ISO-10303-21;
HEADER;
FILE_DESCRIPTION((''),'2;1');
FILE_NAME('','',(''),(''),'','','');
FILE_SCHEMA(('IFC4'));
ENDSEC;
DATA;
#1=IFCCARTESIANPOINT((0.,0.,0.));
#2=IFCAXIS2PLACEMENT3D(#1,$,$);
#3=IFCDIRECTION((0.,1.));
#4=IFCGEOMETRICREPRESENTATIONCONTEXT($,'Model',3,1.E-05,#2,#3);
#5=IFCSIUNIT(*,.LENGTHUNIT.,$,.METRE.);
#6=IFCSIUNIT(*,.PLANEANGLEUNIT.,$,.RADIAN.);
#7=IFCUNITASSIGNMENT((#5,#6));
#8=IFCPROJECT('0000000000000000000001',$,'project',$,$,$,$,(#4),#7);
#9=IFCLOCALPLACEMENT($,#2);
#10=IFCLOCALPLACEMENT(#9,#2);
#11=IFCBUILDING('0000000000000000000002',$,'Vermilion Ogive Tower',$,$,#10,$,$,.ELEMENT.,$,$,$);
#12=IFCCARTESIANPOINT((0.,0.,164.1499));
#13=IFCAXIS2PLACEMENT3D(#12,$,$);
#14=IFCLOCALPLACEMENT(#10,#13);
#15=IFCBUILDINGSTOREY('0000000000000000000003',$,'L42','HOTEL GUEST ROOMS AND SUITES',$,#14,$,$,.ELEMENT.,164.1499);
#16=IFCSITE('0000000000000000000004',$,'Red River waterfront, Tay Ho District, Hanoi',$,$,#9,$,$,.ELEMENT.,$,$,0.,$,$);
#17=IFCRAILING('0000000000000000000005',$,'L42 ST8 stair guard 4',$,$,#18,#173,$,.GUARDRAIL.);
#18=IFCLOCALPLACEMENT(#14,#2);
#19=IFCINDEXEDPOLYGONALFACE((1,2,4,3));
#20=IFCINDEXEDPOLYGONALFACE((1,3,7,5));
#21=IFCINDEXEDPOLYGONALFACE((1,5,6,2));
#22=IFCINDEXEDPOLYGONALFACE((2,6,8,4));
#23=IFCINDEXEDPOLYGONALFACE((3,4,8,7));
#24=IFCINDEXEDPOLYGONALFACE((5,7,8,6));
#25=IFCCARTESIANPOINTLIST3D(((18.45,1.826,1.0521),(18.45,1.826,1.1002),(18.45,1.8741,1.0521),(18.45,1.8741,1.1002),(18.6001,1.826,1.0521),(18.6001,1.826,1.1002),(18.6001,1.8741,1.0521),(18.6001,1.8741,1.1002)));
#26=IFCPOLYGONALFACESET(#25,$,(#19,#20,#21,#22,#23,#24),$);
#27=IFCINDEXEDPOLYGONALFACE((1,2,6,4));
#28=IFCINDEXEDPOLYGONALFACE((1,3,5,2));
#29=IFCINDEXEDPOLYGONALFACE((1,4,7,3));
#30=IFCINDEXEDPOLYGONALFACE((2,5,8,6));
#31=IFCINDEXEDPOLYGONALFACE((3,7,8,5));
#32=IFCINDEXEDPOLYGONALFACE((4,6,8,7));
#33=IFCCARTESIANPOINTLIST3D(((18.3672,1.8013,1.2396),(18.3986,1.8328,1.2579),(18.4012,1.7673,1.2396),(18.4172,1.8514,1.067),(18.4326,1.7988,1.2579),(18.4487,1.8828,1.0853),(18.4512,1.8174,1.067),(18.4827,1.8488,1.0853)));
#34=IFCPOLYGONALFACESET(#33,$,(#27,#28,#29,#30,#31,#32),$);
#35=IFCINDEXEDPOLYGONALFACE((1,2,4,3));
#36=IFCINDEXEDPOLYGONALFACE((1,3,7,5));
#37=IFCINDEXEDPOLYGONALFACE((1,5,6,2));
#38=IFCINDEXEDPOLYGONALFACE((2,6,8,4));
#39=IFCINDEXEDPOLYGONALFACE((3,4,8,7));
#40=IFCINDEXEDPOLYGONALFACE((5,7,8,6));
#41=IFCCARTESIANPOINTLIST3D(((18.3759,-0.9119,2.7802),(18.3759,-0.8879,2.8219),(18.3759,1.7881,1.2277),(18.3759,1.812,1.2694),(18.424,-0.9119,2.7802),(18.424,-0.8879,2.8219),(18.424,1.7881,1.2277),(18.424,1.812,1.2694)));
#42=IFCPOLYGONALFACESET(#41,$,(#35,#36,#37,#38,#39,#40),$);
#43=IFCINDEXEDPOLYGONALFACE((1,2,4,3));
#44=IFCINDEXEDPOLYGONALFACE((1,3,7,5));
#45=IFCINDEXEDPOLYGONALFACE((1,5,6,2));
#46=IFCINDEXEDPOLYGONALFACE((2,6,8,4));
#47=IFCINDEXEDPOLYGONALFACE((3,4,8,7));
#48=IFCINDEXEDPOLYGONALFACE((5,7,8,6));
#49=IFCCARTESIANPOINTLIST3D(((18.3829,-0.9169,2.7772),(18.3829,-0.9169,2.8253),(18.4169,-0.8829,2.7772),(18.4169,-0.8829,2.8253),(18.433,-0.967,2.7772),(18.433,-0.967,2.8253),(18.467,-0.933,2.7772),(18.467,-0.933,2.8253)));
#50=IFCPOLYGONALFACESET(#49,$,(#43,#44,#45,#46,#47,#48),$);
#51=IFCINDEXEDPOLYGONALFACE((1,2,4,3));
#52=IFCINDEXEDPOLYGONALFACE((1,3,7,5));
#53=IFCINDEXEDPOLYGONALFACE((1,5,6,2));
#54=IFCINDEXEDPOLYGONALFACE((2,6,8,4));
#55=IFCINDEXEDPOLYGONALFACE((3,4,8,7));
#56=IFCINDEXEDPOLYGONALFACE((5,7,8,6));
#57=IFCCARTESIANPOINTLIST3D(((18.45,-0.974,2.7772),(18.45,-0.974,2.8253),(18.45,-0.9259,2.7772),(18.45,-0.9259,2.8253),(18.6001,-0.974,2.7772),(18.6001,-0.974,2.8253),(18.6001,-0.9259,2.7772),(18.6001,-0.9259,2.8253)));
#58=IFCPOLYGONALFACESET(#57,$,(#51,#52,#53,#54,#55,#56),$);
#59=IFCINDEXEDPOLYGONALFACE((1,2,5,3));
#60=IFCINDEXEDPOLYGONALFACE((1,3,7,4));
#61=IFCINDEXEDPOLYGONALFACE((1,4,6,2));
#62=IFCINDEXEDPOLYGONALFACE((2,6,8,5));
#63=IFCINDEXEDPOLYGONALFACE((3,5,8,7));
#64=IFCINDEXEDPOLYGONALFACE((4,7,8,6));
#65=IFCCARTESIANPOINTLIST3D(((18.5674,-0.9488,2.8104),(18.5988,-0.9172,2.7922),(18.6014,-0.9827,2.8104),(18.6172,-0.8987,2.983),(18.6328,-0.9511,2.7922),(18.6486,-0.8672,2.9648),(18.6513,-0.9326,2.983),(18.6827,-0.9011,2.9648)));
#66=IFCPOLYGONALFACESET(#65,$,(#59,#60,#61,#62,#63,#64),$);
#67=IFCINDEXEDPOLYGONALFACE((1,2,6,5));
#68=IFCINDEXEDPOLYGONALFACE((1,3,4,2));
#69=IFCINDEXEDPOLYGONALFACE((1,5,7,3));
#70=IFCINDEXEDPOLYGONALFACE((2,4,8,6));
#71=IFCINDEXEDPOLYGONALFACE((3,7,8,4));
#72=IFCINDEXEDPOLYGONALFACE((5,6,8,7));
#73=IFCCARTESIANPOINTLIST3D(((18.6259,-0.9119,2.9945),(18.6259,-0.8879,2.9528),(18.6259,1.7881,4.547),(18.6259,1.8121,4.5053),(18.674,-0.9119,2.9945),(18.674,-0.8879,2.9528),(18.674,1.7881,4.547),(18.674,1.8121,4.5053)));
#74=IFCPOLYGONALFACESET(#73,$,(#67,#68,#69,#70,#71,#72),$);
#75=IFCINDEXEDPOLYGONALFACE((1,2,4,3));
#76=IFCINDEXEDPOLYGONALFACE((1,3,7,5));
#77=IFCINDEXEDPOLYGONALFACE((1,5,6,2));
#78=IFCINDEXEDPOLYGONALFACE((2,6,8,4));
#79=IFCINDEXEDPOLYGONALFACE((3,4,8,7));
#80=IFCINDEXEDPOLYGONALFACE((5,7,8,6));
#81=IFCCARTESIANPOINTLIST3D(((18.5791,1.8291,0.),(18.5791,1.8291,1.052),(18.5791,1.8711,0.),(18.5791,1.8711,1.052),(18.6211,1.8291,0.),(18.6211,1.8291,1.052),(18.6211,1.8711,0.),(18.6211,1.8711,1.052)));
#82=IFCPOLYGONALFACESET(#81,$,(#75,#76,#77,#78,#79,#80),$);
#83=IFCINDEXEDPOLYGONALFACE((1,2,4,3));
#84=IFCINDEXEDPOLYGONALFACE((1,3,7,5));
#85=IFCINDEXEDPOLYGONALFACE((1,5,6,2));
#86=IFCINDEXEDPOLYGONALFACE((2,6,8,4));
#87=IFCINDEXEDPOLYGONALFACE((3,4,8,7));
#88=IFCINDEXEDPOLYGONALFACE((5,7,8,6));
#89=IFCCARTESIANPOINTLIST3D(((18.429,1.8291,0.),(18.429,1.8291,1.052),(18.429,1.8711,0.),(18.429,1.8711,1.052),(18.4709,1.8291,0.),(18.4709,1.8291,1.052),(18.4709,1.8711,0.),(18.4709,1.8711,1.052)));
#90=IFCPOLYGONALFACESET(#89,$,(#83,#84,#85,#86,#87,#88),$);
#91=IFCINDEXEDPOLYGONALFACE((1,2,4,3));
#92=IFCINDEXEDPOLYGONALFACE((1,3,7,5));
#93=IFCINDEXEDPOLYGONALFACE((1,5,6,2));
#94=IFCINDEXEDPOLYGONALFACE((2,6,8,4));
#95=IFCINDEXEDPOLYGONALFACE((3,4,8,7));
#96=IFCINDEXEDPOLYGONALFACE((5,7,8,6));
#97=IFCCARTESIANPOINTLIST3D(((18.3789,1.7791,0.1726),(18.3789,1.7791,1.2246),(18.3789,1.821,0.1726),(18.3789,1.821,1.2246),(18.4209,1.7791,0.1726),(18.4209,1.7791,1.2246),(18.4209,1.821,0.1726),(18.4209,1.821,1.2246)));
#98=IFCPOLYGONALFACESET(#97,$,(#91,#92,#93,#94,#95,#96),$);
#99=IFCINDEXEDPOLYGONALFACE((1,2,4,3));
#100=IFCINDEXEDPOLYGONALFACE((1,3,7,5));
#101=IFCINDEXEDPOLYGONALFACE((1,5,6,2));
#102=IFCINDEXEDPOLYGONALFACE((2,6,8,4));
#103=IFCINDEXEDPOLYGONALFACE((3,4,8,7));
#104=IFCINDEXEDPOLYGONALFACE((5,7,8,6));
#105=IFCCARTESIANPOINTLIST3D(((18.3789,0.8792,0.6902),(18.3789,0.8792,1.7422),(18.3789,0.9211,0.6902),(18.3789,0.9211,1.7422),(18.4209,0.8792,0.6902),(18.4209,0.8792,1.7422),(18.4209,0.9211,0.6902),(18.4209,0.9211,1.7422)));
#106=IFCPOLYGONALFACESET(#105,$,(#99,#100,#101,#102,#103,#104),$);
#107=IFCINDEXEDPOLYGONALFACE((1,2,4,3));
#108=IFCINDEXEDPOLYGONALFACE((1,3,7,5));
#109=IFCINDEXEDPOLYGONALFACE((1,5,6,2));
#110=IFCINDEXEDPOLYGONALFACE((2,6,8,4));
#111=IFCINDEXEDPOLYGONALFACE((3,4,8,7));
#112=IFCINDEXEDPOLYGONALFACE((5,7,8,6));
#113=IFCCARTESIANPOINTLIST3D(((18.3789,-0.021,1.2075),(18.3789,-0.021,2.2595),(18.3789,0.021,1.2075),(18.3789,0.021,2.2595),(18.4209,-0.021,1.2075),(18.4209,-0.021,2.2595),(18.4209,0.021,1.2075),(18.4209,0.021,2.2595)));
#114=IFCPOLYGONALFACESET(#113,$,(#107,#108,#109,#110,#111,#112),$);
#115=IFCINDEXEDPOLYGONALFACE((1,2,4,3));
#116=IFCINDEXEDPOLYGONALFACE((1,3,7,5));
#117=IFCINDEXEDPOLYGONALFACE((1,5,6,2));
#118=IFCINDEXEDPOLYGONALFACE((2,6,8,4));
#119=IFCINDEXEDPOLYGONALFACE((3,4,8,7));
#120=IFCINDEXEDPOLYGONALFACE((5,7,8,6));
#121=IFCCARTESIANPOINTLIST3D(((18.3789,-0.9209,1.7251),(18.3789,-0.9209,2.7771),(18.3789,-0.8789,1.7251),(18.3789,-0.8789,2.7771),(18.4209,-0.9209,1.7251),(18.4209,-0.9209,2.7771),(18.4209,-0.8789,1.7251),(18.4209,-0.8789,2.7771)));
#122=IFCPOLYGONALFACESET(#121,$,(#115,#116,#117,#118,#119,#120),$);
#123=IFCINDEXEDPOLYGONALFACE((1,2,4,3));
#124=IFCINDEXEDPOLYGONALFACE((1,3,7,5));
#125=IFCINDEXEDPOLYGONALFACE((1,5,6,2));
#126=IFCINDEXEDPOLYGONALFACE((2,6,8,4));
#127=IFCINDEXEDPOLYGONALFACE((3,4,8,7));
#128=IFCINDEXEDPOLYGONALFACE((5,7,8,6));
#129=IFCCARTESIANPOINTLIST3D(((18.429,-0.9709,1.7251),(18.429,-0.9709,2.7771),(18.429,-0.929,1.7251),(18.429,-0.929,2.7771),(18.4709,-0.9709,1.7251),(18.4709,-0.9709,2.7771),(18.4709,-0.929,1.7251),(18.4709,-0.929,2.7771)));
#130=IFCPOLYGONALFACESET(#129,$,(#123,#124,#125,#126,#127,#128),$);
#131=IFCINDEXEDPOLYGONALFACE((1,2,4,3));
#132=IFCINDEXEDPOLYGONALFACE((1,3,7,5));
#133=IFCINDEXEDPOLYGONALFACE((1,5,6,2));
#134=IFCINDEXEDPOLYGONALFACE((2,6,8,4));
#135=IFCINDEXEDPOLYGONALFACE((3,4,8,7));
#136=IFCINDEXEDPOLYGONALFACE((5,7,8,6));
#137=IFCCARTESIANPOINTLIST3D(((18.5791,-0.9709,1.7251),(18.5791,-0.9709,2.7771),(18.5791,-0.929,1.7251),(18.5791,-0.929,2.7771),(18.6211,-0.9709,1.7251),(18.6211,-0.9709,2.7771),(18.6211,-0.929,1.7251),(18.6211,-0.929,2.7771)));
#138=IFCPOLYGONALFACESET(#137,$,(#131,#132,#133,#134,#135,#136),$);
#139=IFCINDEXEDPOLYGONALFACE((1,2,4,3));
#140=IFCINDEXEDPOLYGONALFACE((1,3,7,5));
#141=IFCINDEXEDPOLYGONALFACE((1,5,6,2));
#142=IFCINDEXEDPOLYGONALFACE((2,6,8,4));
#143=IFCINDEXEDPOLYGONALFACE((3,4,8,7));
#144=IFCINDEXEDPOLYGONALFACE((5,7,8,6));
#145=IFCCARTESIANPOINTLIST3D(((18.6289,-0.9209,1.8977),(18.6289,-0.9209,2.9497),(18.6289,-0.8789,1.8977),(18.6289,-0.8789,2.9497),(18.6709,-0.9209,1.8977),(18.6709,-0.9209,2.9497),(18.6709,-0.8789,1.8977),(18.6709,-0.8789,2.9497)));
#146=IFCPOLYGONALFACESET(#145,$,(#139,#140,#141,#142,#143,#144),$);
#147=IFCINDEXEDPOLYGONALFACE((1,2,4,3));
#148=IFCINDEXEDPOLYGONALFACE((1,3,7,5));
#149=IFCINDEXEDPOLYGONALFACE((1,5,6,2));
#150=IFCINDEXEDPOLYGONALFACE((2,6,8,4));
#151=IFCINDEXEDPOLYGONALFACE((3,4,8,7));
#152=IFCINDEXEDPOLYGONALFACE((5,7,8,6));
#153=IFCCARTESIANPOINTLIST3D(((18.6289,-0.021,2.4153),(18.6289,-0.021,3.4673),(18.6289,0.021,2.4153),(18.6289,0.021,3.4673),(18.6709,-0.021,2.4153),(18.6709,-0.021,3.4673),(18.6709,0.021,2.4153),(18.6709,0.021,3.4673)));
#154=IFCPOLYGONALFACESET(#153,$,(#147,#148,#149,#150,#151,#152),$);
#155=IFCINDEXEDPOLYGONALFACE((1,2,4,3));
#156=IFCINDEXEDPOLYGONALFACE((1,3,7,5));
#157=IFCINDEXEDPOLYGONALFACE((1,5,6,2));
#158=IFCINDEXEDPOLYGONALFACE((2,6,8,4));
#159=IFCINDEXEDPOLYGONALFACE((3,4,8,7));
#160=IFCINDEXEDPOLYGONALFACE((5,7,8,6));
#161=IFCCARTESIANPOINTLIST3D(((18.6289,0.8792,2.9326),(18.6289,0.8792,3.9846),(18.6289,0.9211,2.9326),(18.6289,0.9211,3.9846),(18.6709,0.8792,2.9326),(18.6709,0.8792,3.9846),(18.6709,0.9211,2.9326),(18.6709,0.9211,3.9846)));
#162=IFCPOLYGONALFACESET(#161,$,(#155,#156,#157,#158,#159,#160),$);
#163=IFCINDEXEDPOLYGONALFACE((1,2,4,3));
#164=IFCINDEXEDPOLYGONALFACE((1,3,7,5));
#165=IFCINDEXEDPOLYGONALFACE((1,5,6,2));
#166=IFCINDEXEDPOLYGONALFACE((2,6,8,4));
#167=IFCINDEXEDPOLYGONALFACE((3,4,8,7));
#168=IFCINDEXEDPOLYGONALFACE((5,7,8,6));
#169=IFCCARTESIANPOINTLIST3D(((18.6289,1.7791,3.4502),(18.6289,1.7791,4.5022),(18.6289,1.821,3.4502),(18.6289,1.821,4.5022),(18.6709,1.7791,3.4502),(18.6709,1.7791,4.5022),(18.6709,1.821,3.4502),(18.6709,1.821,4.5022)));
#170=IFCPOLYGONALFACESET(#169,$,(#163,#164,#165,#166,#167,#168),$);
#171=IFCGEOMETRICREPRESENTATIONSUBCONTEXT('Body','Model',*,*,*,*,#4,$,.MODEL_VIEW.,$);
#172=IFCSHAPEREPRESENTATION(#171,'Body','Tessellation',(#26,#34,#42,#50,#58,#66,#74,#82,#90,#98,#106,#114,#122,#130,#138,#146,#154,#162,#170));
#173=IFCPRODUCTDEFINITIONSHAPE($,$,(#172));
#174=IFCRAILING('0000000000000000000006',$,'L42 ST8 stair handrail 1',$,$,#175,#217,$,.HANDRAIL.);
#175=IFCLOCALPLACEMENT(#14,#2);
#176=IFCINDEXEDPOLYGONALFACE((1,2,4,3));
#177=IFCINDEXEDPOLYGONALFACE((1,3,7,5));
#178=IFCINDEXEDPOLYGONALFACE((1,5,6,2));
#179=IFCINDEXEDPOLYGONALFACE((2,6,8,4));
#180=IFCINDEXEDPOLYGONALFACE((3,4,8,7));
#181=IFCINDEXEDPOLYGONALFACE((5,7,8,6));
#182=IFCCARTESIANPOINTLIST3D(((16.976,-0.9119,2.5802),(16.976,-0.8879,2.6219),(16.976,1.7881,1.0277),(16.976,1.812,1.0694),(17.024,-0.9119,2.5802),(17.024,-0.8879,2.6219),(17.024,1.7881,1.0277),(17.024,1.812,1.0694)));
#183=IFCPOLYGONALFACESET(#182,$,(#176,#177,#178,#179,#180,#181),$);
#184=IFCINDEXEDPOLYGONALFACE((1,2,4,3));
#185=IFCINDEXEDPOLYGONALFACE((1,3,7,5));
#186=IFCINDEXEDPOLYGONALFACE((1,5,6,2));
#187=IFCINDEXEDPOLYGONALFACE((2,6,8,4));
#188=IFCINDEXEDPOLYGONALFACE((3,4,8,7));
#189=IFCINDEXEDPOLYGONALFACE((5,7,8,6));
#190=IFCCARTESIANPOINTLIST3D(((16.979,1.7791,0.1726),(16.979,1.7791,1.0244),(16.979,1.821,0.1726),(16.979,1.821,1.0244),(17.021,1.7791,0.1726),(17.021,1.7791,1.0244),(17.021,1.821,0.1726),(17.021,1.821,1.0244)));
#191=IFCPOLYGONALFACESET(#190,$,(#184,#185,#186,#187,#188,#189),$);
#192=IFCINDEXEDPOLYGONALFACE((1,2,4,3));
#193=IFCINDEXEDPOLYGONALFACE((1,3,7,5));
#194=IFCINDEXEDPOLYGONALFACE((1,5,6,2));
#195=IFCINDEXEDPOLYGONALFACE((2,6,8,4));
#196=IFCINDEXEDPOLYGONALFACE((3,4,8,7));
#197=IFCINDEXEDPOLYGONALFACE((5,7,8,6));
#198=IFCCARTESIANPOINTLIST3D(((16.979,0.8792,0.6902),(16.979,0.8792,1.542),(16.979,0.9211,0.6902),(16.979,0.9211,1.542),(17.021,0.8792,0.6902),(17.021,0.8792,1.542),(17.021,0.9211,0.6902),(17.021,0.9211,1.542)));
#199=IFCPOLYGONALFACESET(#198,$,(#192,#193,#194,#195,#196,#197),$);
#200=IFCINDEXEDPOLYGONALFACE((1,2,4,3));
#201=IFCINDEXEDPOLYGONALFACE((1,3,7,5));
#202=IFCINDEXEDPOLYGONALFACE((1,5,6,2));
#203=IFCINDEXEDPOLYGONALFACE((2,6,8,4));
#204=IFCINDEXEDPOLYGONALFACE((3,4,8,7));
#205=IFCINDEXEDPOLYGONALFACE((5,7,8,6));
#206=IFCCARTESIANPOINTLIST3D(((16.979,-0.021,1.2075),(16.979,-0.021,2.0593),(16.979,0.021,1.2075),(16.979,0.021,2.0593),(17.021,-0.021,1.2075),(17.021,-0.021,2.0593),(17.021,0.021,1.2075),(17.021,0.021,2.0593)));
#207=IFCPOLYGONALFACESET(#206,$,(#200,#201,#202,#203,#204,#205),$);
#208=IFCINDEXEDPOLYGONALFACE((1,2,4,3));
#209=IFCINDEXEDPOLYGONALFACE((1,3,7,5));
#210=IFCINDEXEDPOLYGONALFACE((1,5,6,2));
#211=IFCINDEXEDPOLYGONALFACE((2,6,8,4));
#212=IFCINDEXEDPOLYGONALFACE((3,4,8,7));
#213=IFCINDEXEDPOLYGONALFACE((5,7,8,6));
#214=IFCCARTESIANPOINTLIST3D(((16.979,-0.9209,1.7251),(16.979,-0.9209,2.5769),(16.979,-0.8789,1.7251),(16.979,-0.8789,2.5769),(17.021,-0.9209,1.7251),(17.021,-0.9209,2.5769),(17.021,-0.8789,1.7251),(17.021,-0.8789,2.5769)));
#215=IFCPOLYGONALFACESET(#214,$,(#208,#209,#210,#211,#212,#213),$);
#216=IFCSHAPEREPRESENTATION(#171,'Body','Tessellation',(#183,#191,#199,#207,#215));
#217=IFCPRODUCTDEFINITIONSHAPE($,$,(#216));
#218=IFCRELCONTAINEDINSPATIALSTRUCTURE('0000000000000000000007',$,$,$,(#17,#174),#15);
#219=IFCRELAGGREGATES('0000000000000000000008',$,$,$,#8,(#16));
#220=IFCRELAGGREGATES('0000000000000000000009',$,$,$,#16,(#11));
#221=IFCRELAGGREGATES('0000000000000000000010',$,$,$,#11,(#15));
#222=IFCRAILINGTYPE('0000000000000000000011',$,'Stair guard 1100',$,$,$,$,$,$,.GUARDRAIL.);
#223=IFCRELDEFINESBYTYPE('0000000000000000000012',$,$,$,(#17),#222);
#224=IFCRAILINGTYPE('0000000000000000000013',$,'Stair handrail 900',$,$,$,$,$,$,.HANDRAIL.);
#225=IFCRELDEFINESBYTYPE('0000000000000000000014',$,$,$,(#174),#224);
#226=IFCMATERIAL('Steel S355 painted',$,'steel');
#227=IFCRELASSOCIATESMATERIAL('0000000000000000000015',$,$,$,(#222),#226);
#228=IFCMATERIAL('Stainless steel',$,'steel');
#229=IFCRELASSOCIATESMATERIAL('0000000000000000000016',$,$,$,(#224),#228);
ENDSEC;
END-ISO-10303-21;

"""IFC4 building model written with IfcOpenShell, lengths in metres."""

from ifc_helpers import new_model, si_unit, direction, frame, origin, origin_2d, place, context, subcontext, project, spatial, rectangle, extrude, material, type_object, element, save


model = new_model("IFC4")

# Units and contexts
model_context = context("Model", 3, precision=1e-05, world=origin(), true_north=direction((0.0, 1.0)))
body_context = subcontext(model_context, "Body", "Model", "MODEL_VIEW")
ifc_project = project(units=[si_unit("LENGTHUNIT", "METRE"), si_unit("PLANEANGLEUNIT", "RADIAN")], contexts=[model_context])

# Site, building, storey
site_placement = place(None, origin())
site = spatial("IfcSite", under=ifc_project, at=site_placement, Name="Red River waterfront, Tay Ho District, Hanoi", CompositionType="ELEMENT", RefElevation=0.0)
building_placement = place(site_placement, origin())
building = spatial("IfcBuilding", under=site, at=building_placement, Name="Vermilion Ogive Tower", CompositionType="ELEMENT")
storey_placement = place(building_placement, frame((0.0, 0.0, 164.1499)))
storey = spatial("IfcBuildingStorey", under=building, at=storey_placement, Name="L42", Description="HOTEL GUEST ROOMS AND SUITES", CompositionType="ELEMENT", Elevation=164.1499)

# Railings
ifc_material_1 = material(Name="Steel S355 painted", Category="steel")
railing_type_1 = type_object("IfcRailingType", Name="Stair guard 1100", PredefinedType="GUARDRAIL", material=ifc_material_1)
railing_1_placement = place(storey_placement, frame((18.6001, 1.8501, 0.0)))
element("IfcRailing", 1, at=railing_1_placement, inside=storey, type_object=railing_type_1, Name="L42 ST8 stair guard 4", PredefinedType="GUARDRAIL", context=body_context, shape_type="SweptSolid", body=[
    extrude(rectangle(XDim=0.0481, YDim=0.0481, at=origin_2d()), frame((0.0, 0.0, 1.0762), z_axis=(-1.0, 0.0, 0.0), x_axis=(0.0, -1.0, 0.0)), (0.0, 0.0, 1.0), 0.1501),
    extrude(rectangle(XDim=0.0481, YDim=0.0481, at=origin_2d()), frame((-0.1501, 0.0, 1.0762), z_axis=(-0.268278, -0.268278, 0.925232), x_axis=(0.707107, -0.707107, 0.0)), (0.0, 0.0, 1.0), 0.1865),
    extrude(rectangle(XDim=0.0481, YDim=0.0481, at=origin_2d()), frame((-0.2002, -0.05, 1.2485), z_axis=(0.0, -0.866904, 0.498476), x_axis=(1.0, 0.0, 0.0)), (0.0, 0.0, 1.0), 3.1145),
    extrude(rectangle(XDim=0.0481, YDim=0.0481, at=origin_2d()), frame((-0.2002, -2.75, 2.8013), z_axis=(0.707107, -0.707107, 0.0), x_axis=(0.707107, 0.707107, 0.0)), (0.0, 0.0, 1.0), 0.0708),
    extrude(rectangle(XDim=0.0481, YDim=0.0481, at=origin_2d()), frame((-0.1501, -2.8, 2.8013), z_axis=(1.0, 0.0, 0.0), x_axis=(0.0, 1.0, 0.0)), (0.0, 0.0, 1.0), 0.1501),
    extrude(rectangle(XDim=0.0481, YDim=0.0481, at=origin_2d()), frame((0.0, -2.8, 2.8013), z_axis=(0.267063, 0.268372, 0.925556), x_axis=(-0.708834, 0.705376, 0.0)), (0.0, 0.0, 1.0), 0.1865),
    extrude(rectangle(XDim=0.0481, YDim=0.0481, at=origin_2d()), frame((0.0498, -2.75, 2.9736), z_axis=(0.0, 0.866904, 0.498476), x_axis=(-1.0, 0.0, 0.0)), (0.0, 0.0, 1.0), 3.1145),
    extrude(rectangle(XDim=0.042, YDim=0.042, at=origin_2d()), origin(), (0.0, 0.0, 1.0), 1.052),
    extrude(rectangle(XDim=0.042, YDim=0.042, at=origin_2d()), frame((-0.1501, 0.0, 0.0)), (0.0, 0.0, 1.0), 1.052),
    extrude(rectangle(XDim=0.042, YDim=0.042, at=origin_2d()), frame((-0.2002, -0.05, 0.1726)), (0.0, 0.0, 1.0), 1.052),
    extrude(rectangle(XDim=0.042, YDim=0.042, at=origin_2d()), frame((-0.2002, -0.95, 0.6902)), (0.0, 0.0, 1.0), 1.052),
    extrude(rectangle(XDim=0.042, YDim=0.042, at=origin_2d()), frame((-0.2002, -1.8501, 1.2075)), (0.0, 0.0, 1.0), 1.052),
    extrude(rectangle(XDim=0.042, YDim=0.042, at=origin_2d()), frame((-0.2002, -2.75, 1.7251)), (0.0, 0.0, 1.0), 1.052),
    extrude(rectangle(XDim=0.042, YDim=0.042, at=origin_2d()), frame((-0.1501, -2.8, 1.7251)), (0.0, 0.0, 1.0), 1.052),
    extrude(rectangle(XDim=0.042, YDim=0.042, at=origin_2d()), frame((0.0, -2.8, 1.7251)), (0.0, 0.0, 1.0), 1.052),
    extrude(rectangle(XDim=0.042, YDim=0.042, at=origin_2d()), frame((0.0498, -2.75, 1.8977)), (0.0, 0.0, 1.0), 1.052),
    extrude(rectangle(XDim=0.042, YDim=0.042, at=origin_2d()), frame((0.0498, -1.8501, 2.4153)), (0.0, 0.0, 1.0), 1.052),
    extrude(rectangle(XDim=0.042, YDim=0.042, at=origin_2d()), frame((0.0498, -0.95, 2.9326)), (0.0, 0.0, 1.0), 1.052),
    extrude(rectangle(XDim=0.042, YDim=0.042, at=origin_2d()), frame((0.0498, -0.05, 3.4502)), (0.0, 0.0, 1.0), 1.052),
])
ifc_material_2 = material(Name="Stainless steel", Category="steel")
railing_type_2 = type_object("IfcRailingType", Name="Stair handrail 900", PredefinedType="HANDRAIL", material=ifc_material_2)
railing_2_placement = place(storey_placement, frame((17.0, 1.8, 0.1726)))
element("IfcRailing", 2, at=railing_2_placement, inside=storey, type_object=railing_type_2, Name="L42 ST8 stair handrail 1", PredefinedType="HANDRAIL", context=body_context, shape_type="SweptSolid", body=[
    extrude(rectangle(XDim=0.0481, YDim=0.0481, at=origin_2d()), frame((0.0, 0.0, 0.876), z_axis=(0.0, -0.866904, 0.498476), x_axis=(1.0, 0.0, 0.0)), (0.0, 0.0, 1.0), 3.1145),
    extrude(rectangle(XDim=0.042, YDim=0.042, at=origin_2d()), origin(), (0.0, 0.0, 1.0), 0.8518),
    extrude(rectangle(XDim=0.042, YDim=0.042, at=origin_2d()), frame((0.0, -0.8999, 0.5176)), (0.0, 0.0, 1.0), 0.8518),
    extrude(rectangle(XDim=0.042, YDim=0.042, at=origin_2d()), frame((0.0, -1.8, 1.0349)), (0.0, 0.0, 1.0), 0.8518),
    extrude(rectangle(XDim=0.042, YDim=0.042, at=origin_2d()), frame((0.0, -2.7, 1.5525)), (0.0, 0.0, 1.0), 0.8518),
])

save(model, "model.ifc")
